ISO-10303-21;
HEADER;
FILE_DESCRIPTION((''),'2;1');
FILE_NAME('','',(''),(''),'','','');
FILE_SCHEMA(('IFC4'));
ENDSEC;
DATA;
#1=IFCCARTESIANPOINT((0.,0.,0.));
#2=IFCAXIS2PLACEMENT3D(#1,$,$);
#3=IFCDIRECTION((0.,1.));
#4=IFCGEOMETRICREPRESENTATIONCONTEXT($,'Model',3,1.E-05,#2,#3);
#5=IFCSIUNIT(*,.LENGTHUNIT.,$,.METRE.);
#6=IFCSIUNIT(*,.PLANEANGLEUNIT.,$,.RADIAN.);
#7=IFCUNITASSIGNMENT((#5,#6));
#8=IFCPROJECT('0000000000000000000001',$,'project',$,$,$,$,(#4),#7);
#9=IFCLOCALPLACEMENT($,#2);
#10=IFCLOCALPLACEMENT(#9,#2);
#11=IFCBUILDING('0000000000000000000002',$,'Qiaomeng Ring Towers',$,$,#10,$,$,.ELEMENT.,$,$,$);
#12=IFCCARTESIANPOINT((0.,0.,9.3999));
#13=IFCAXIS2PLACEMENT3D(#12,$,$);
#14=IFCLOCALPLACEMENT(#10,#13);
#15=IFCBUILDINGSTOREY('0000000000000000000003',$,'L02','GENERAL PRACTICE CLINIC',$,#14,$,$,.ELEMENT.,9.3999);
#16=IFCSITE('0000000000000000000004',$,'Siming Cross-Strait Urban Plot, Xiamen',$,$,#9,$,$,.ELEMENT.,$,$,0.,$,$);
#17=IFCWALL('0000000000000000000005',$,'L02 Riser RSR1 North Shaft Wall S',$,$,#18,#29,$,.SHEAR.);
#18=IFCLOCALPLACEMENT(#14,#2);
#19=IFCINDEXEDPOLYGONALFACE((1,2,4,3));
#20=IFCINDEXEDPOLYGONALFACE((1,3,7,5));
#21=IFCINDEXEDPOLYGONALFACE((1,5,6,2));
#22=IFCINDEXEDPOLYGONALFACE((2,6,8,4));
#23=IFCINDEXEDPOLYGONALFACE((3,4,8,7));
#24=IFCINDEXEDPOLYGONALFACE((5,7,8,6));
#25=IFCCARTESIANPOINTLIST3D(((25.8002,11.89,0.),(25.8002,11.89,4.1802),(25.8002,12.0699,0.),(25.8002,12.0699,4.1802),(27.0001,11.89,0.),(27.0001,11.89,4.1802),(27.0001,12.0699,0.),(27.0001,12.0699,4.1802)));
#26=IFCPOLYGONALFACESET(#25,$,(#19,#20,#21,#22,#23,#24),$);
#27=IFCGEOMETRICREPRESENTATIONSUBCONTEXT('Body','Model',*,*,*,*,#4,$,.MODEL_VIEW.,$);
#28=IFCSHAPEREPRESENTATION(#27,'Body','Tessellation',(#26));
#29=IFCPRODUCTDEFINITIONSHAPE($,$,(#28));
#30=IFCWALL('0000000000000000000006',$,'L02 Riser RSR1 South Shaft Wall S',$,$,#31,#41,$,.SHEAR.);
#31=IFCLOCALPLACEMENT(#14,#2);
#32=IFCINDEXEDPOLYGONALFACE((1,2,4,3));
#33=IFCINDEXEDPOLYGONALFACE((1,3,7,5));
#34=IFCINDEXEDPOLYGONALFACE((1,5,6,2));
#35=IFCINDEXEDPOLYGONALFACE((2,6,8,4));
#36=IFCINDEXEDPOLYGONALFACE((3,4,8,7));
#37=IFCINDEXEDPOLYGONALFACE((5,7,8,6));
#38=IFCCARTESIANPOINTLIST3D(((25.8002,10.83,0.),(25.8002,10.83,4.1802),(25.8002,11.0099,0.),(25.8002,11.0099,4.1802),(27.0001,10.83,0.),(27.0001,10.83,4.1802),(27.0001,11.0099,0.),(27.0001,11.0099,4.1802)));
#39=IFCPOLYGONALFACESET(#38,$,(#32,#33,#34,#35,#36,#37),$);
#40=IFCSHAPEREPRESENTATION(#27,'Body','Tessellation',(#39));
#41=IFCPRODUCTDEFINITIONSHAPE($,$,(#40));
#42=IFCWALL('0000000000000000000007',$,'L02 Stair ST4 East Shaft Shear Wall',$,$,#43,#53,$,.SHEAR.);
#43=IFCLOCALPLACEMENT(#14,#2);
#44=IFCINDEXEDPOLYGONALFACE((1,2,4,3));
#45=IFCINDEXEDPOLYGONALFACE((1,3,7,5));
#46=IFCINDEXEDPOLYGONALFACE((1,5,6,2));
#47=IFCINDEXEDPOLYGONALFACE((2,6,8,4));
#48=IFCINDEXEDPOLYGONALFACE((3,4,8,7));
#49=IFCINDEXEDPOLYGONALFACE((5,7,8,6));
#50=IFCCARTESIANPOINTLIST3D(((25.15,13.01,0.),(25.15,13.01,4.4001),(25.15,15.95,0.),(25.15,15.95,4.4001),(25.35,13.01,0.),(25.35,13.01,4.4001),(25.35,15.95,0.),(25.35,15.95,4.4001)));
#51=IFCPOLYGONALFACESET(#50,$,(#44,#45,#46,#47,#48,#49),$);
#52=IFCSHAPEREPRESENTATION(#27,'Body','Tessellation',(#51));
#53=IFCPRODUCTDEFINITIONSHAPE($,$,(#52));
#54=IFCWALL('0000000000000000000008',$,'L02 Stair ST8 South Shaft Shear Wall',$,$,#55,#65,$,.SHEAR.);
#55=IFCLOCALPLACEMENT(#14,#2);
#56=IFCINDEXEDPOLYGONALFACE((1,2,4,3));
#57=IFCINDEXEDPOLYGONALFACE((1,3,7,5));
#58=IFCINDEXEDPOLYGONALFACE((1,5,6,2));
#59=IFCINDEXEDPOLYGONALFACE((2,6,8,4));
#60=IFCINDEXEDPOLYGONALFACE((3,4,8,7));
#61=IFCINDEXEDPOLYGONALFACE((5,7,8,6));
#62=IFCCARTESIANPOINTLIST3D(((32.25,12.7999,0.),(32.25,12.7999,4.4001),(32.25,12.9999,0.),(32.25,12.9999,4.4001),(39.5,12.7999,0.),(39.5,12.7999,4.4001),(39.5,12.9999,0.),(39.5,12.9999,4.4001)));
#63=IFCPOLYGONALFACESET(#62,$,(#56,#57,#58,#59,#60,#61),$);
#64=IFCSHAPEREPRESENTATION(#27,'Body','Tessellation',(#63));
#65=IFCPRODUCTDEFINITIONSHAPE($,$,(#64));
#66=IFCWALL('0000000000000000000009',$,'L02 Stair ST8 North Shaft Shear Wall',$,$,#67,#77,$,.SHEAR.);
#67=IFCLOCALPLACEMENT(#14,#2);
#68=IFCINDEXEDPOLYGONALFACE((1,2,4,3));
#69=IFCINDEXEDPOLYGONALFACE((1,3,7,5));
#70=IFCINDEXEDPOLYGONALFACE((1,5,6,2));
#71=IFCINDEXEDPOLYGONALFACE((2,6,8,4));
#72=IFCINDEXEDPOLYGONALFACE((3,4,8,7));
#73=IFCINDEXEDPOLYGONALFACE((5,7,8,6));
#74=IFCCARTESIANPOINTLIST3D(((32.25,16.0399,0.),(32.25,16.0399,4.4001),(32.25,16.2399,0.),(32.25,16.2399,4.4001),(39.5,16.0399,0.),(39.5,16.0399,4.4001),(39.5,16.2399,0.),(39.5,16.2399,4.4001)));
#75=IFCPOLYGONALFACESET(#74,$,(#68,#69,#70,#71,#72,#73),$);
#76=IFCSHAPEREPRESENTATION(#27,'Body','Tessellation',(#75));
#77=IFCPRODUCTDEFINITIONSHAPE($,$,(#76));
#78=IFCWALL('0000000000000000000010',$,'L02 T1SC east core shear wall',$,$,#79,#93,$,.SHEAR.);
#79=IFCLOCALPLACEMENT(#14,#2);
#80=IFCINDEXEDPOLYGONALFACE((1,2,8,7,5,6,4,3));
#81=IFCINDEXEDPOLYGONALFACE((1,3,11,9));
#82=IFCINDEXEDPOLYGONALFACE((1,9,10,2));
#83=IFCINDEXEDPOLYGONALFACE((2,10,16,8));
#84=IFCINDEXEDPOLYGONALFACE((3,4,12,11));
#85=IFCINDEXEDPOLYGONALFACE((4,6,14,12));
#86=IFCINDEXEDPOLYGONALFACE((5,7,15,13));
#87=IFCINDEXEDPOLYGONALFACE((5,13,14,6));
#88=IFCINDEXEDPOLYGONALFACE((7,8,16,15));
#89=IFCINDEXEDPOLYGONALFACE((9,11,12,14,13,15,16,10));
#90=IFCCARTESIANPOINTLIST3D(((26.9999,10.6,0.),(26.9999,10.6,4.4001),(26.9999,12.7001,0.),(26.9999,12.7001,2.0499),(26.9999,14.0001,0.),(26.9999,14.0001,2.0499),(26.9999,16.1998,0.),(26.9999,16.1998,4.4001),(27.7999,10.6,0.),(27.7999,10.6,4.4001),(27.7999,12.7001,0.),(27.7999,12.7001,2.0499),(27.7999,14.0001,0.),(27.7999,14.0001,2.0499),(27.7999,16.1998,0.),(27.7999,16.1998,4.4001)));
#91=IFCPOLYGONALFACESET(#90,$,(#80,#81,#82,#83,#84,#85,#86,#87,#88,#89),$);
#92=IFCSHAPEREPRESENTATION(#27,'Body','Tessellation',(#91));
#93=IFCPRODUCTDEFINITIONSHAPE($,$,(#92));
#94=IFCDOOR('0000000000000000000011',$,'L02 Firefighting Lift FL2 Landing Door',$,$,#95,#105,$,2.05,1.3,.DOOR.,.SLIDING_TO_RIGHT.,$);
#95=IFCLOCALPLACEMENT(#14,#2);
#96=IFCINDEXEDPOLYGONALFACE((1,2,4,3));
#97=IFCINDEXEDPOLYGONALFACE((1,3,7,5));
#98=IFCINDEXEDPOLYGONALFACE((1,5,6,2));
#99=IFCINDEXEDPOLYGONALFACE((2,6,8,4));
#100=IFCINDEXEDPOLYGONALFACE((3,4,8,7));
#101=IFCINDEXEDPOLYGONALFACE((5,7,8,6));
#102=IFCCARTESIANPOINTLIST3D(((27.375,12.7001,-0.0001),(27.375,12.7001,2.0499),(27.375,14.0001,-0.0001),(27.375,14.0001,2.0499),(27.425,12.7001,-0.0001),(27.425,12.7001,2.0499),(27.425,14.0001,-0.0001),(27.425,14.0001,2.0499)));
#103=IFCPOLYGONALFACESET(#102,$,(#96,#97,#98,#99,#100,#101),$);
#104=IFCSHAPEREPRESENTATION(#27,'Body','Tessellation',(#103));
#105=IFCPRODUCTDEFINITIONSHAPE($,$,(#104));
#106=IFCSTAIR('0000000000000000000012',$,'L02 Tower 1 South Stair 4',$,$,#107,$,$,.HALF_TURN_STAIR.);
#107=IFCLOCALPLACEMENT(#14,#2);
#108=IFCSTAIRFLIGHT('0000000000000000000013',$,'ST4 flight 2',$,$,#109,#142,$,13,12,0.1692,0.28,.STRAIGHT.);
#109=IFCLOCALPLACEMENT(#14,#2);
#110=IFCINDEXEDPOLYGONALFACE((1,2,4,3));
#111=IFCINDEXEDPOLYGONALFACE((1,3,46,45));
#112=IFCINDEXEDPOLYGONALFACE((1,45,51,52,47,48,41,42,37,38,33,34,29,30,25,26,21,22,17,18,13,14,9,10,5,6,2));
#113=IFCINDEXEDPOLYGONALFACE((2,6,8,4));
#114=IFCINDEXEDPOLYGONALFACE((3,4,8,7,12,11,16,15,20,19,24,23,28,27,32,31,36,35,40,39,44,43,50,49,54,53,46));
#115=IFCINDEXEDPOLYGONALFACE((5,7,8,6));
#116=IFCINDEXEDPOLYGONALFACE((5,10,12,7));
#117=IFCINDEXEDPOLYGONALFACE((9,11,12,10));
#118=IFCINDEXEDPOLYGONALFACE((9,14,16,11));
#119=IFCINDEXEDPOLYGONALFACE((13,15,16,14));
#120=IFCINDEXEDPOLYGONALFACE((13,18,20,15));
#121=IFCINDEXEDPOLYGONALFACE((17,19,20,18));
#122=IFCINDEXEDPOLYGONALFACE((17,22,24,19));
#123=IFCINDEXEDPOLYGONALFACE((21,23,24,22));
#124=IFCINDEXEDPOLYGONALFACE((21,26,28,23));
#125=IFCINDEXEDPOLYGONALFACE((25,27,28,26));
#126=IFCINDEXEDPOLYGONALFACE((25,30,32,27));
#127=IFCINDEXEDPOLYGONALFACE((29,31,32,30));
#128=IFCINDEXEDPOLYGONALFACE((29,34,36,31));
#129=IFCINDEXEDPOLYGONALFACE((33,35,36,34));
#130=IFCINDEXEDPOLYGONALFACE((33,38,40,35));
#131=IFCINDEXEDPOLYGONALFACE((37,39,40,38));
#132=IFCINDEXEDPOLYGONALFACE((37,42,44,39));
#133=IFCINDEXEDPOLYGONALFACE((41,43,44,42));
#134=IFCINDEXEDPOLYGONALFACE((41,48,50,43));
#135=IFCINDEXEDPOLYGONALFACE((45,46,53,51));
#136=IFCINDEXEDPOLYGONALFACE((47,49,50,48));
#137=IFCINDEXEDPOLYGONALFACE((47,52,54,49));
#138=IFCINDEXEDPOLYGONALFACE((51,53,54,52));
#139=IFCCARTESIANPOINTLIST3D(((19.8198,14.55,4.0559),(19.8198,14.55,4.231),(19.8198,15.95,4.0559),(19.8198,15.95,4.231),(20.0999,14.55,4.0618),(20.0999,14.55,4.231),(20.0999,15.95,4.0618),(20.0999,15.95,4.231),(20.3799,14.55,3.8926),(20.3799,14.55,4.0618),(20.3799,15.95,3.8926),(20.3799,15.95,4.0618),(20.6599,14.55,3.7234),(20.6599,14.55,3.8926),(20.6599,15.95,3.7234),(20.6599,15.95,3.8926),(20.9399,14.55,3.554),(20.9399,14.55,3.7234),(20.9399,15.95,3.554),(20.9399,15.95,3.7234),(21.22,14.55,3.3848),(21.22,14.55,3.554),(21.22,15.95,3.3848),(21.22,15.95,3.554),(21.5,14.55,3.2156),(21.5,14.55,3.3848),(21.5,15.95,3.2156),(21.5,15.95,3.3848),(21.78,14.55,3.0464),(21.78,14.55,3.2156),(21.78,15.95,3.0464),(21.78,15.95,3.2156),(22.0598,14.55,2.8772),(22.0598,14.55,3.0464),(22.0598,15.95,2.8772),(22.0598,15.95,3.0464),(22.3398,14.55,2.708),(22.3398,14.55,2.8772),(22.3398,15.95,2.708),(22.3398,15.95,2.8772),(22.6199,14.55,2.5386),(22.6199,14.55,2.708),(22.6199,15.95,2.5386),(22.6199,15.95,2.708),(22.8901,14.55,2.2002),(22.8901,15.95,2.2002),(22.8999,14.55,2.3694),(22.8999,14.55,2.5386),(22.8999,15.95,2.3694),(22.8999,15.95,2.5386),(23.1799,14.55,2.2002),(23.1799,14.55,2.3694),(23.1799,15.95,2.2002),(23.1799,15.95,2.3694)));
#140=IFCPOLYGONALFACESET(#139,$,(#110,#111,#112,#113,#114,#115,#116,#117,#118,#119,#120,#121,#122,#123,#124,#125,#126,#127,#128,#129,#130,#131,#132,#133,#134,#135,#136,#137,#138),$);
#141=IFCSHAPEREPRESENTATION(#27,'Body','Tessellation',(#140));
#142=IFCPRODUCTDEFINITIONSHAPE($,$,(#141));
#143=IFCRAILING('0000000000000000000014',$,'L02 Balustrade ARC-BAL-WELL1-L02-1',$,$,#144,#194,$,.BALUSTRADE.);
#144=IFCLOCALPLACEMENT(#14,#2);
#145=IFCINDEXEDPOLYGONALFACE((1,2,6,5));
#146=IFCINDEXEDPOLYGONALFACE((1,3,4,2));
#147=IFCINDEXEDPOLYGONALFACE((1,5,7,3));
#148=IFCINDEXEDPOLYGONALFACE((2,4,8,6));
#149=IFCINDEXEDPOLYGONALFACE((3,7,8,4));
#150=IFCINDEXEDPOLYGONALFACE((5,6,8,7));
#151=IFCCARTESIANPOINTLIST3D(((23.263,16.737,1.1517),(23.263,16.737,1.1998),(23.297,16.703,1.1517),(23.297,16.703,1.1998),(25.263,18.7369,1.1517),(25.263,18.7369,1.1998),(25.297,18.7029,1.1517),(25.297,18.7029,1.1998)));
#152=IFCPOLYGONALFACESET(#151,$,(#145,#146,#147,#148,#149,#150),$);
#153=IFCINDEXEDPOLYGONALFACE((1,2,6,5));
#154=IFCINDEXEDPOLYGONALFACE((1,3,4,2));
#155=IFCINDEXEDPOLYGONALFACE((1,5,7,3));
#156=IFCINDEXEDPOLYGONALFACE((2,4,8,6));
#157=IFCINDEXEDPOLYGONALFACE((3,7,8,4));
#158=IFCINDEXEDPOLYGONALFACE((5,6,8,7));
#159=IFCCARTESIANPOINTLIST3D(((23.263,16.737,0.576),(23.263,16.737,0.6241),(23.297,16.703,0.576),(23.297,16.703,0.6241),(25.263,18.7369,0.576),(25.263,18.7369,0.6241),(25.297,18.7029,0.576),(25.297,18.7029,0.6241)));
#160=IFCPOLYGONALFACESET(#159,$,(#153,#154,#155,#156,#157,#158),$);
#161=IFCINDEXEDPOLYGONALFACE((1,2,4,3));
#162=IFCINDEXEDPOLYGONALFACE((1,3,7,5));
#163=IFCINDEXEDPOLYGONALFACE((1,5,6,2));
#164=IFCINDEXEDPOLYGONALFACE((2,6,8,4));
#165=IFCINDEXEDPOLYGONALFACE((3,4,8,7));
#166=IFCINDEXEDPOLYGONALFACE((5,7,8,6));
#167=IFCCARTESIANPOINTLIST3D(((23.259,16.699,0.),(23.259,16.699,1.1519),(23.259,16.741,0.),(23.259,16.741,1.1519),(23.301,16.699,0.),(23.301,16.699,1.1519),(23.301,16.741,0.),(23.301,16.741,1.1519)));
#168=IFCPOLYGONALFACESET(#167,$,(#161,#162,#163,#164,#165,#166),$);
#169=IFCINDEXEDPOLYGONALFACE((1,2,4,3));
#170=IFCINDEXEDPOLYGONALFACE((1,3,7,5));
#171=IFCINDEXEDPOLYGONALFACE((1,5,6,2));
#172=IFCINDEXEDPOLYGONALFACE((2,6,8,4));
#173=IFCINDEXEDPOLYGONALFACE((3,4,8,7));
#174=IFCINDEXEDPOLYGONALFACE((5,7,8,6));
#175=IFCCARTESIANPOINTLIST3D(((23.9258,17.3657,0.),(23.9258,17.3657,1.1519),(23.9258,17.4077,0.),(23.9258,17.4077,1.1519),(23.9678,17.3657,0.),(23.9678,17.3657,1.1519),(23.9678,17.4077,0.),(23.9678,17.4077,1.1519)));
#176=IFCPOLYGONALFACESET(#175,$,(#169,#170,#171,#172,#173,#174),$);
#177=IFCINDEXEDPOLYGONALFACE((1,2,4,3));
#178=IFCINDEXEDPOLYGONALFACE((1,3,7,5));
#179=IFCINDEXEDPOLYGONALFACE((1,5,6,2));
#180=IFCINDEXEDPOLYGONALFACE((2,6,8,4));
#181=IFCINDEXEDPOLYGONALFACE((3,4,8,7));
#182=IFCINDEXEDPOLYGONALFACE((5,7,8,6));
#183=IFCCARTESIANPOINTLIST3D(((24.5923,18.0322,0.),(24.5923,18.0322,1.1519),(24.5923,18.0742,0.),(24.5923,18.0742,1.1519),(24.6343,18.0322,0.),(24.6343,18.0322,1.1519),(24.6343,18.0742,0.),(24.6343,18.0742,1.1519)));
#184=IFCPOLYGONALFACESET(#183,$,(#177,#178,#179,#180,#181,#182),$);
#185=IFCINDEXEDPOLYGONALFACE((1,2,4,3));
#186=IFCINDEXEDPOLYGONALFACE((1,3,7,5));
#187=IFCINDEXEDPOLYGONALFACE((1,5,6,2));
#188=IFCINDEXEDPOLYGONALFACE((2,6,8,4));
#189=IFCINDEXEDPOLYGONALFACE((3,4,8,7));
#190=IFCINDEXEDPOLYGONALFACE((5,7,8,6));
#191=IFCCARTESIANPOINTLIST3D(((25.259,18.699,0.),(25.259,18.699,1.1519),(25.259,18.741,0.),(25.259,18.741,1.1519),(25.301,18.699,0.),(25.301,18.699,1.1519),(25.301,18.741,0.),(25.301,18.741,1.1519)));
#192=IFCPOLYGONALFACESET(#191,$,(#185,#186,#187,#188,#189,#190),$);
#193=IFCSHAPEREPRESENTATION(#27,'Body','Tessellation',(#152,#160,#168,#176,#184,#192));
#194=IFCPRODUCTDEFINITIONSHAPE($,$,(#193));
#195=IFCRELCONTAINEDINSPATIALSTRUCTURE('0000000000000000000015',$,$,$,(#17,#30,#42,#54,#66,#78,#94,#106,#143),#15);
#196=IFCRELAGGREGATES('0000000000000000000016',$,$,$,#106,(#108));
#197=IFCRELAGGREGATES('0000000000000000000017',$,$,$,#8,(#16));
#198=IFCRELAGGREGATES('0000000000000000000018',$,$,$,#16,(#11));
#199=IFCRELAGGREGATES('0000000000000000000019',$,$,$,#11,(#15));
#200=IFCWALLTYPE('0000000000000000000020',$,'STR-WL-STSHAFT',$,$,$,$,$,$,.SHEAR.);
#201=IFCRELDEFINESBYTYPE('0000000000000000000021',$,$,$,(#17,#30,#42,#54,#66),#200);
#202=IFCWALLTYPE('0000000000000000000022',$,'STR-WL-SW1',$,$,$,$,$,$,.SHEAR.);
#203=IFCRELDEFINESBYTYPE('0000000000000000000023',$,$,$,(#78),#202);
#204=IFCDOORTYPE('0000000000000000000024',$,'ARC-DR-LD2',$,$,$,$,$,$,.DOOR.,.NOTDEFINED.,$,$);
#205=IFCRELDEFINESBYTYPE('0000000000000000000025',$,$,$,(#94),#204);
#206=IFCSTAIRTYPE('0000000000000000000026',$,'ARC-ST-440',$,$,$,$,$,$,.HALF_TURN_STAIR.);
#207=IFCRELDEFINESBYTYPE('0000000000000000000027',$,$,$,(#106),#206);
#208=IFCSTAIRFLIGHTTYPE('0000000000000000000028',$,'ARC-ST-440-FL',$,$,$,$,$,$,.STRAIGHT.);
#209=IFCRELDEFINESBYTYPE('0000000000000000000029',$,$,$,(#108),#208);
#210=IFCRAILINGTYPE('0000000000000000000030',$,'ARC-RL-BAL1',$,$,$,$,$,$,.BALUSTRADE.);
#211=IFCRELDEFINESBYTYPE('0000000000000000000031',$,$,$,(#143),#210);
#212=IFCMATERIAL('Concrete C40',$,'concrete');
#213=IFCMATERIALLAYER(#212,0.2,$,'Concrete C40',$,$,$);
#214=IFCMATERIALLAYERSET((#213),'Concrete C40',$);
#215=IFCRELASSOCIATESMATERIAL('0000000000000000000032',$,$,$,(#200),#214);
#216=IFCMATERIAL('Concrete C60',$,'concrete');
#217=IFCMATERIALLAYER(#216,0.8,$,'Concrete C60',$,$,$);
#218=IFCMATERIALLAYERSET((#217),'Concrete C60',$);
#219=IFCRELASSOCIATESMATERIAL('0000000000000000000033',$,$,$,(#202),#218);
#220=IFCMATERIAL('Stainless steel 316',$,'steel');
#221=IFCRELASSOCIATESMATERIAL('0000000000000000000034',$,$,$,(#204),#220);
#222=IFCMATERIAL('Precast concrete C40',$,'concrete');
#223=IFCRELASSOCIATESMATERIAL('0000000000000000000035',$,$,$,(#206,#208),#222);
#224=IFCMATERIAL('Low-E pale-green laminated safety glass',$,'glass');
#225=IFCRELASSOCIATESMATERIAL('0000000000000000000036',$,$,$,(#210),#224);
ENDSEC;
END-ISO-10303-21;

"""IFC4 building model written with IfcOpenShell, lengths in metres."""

from ifc_helpers import new_model, si_unit, direction, frame, frame_2d, origin, origin_2d, place, context, subcontext, project, spatial, polyline, rectangle, outline, extrude, source, transform, mapped, material, layer, layer_set, type_object, element, fill, aggregate, save


model = new_model("IFC4")

# Units and contexts
model_context = context("Model", 3, precision=1e-05, world=origin(), true_north=direction((0.0, 1.0)))
body_context = subcontext(model_context, "Body", "Model", "MODEL_VIEW")
ifc_project = project(units=[si_unit("LENGTHUNIT", "METRE"), si_unit("PLANEANGLEUNIT", "RADIAN")], contexts=[model_context])

# Site, building, storey
site_placement = place(None, origin())
site = spatial("IfcSite", under=ifc_project, at=site_placement, Name="Siming Cross-Strait Urban Plot, Xiamen", CompositionType="ELEMENT", RefElevation=0.0)
building_placement = place(site_placement, origin())
building = spatial("IfcBuilding", under=site, at=building_placement, Name="Qiaomeng Ring Towers", CompositionType="ELEMENT")
storey_placement = place(building_placement, frame((0.0, 0.0, 9.3999)))
storey = spatial("IfcBuildingStorey", under=building, at=storey_placement, Name="L02", Description="GENERAL PRACTICE CLINIC", CompositionType="ELEMENT", Elevation=9.3999)

# Shared definitions
ifc_material_1 = material(Name="Concrete C60", Category="concrete")

# Walls
ifc_material_2 = material(Name="Concrete C40", Category="concrete")
ifc_layer_1 = layer(ifc_material_2, 0.2, Name="Concrete C40")
ifc_layer_set_1 = layer_set([ifc_layer_1], Name="Concrete C40")
wall_type_1 = type_object("IfcWallType", Name="STR-WL-STSHAFT", PredefinedType="SHEAR", material=ifc_layer_set_1)
for number, where, z_axis, x_axis, name in (
    (1, (25.8, 11.98, 0.0), (0.0, 0.0, 1.0), (1.0, 0.0, 0.0), "L02 Riser RSR1 North Shaft Wall S"),
    (2, (25.8, 10.9199, 0.0), (0.0, 0.0, 1.0), (1.0, 0.0, 0.0), "L02 Riser RSR1 South Shaft Wall S"),
):
    element("IfcWall", number, at=place(storey_placement, frame(where, z_axis=z_axis, x_axis=x_axis)), inside=storey, type_object=wall_type_1, Name=name, PredefinedType="SHEAR", context=body_context, shape_type="SweptSolid", body=[
        extrude(rectangle(XDim=1.2, YDim=0.1799, at=frame_2d((0.6001, 0.0))), origin(), (0.0, 0.0, 1.0), 4.1802),
    ])
wall_1_placement = place(storey_placement, frame((25.25, 13.01, 0.0), z_axis=(0.0, 0.0, 1.0), x_axis=(0.0, 1.0, 0.0)))
element("IfcWall", 3, at=wall_1_placement, inside=storey, type_object=wall_type_1, Name="L02 Stair ST4 East Shaft Shear Wall", PredefinedType="SHEAR", context=body_context, shape_type="SweptSolid", body=[
    extrude(rectangle(XDim=2.9399, YDim=0.2, at=frame_2d((1.47, 0.0))), origin(), (0.0, 0.0, 1.0), 4.4001),
])
for number, where, z_axis, x_axis, name in (
    (4, (32.25, 12.8999, 0.0), (0.0, 0.0, 1.0), (1.0, 0.0, 0.0), "L02 Stair ST8 South Shaft Shear Wall"),
    (5, (32.25, 16.1399, 0.0), (0.0, 0.0, 1.0), (1.0, 0.0, 0.0), "L02 Stair ST8 North Shaft Shear Wall"),
):
    element("IfcWall", number, at=place(storey_placement, frame(where, z_axis=z_axis, x_axis=x_axis)), inside=storey, type_object=wall_type_1, Name=name, PredefinedType="SHEAR", context=body_context, shape_type="SweptSolid", body=[
        extrude(rectangle(XDim=7.25, YDim=0.2, at=frame_2d((3.625, 0.0))), origin(), (0.0, 0.0, 1.0), 4.4001),
    ])

# Wall, opening, door
ifc_layer_2 = layer(ifc_material_1, 0.8, Name="Concrete C60")
ifc_layer_set_2 = layer_set([ifc_layer_2], Name="Concrete C60")
wall_type_2 = type_object("IfcWallType", Name="STR-WL-SW1", PredefinedType="SHEAR", material=ifc_layer_set_2)
wall_2_placement = place(storey_placement, frame((27.3999, 10.6001, 0.0), z_axis=(0.0, 0.0, 1.0), x_axis=(0.0, 1.0, 0.0)))
wall_2 = element("IfcWall", 6, at=wall_2_placement, inside=storey, type_object=wall_type_2, Name="L02 T1SC east core shear wall", PredefinedType="SHEAR", context=body_context, shape_type="SweptSolid", body=[
    extrude(rectangle(XDim=5.5999, YDim=0.8, at=frame_2d((2.7998, 0.0))), origin(), (0.0, 0.0, 1.0), 4.4001),
])
opening_1_placement = place(wall_2_placement, frame((2.1001, 0.0, 0.0)))
opening_1 = element("IfcOpeningElement", 7, at=opening_1_placement, cuts=wall_2, PredefinedType="OPENING", context=body_context, shape_type="SweptSolid", body=[
    extrude(rectangle(XDim=1.3, YDim=2.05, at=frame_2d((0.6499, 1.0249))), frame((0.0, 0.4099, 0.0), z_axis=(0.0, -1.0, 0.0), x_axis=(1.0, 0.0, 0.0)), (0.0, 0.0, 1.0), 0.8201),
])
ifc_material_3 = material(Name="Stainless steel 316", Category="steel")
door_type_1 = type_object("IfcDoorType", Name="ARC-DR-LD2", OperationType="NOTDEFINED", PredefinedType="DOOR", material=ifc_material_3)
shared_shape_1 = source(origin(), body_context, "Body", "SweptSolid", [
    extrude(rectangle(XDim=1.3, YDim=2.05, at=frame_2d((0.6499, 1.0249))), frame((0.0, 0.0249, 0.0), z_axis=(0.0, -1.0, 0.0), x_axis=(1.0, 0.0, 0.0)), (0.0, 0.0, 1.0), 0.05),
])
door_1_placement = place(opening_1_placement, origin())
door_1 = element("IfcDoor", 8, at=door_1_placement, inside=storey, type_object=door_type_1, Name="L02 Firefighting Lift FL2 Landing Door", OperationType="SLIDING_TO_RIGHT", OverallHeight=2.05, OverallWidth=1.3, PredefinedType="DOOR", context=body_context, shape_type="MappedRepresentation", body=[
    mapped(shared_shape_1, transform((0.0, 0.0, 0.0), x_axis=(1.0, 0.0, 0.0), y_axis=(0.0, 1.0, 0.0), z_axis=(0.0, 0.0, 1.0), scale=1.0)),
])
fill(opening_1, door_1)

# Stair, stair flight
ifc_material_4 = material(Name="Precast concrete C40", Category="concrete")
stair_type = type_object("IfcStairType", Name="ARC-ST-440", PredefinedType="HALF_TURN_STAIR", material=ifc_material_4)
stair_placement = place(storey_placement, origin())
stair = element("IfcStair", 9, at=stair_placement, inside=storey, type_object=stair_type, Name="L02 Tower 1 South Stair 4", PredefinedType="HALF_TURN_STAIR")
stair_flight_type = type_object("IfcStairFlightType", Name="ARC-ST-440-FL", PredefinedType="STRAIGHT", material=ifc_material_4)
shared_shape_2 = source(origin(), body_context, "Body", "SweptSolid", [
    extrude(outline(polyline([(0.0, 0.0), (0.0, 0.1692), (0.28, 0.1692), (0.28, 0.3384), (0.5601, 0.3384), (0.5601, 0.5078), (0.8401, 0.5078), (0.8401, 0.677), (1.1201, 0.677), (1.1201, 0.8462), (1.3999, 0.8462), (1.3999, 1.0154), (1.6799, 1.0154), (1.6799, 1.1846), (1.96, 1.1846), (1.96, 1.3538), (2.24, 1.3538), (2.24, 1.5232), (2.52, 1.5232), (2.52, 1.6924), (2.8, 1.6924), (2.8, 1.8616), (3.0801, 1.8616), (3.0801, 2.0308), (3.3601, 2.0308), (3.3601, 2.2), (3.3601, 1.8557), (0.2898, 0.0), (0.0, 0.0)])), frame((0.0, 0.7, 0.0), z_axis=(0.0, -1.0, 0.0), x_axis=(1.0, 0.0, 0.0)), (0.0, 0.0, 1.0), 1.3999),
])
stair_flight_placement = place(storey_placement, frame((23.1799, 15.25, 2.2002), z_axis=(0.0, 0.0, 1.0), x_axis=(-1.0, 0.0, 0.0)))
stair_flight = element("IfcStairFlight", 10, at=stair_flight_placement, type_object=stair_flight_type, Name="ST4 flight 2", NumberOfRisers=13, NumberOfTreads=12, PredefinedType="STRAIGHT", RiserHeight=0.1692, TreadLength=0.28, context=body_context, shape_type="MappedRepresentation", body=[
    mapped(shared_shape_2, transform((0.0, 0.0, 0.0), x_axis=(1.0, 0.0, 0.0), y_axis=(0.0, 1.0, 0.0), z_axis=(0.0, 0.0, 1.0), scale=1.0)),
])
aggregate(stair, [stair_flight])

# Railing
ifc_material_5 = material(Name="Low-E pale-green laminated safety glass", Category="glass")
railing_type_1 = type_object("IfcRailingType", Name="ARC-RL-BAL1", PredefinedType="BALUSTRADE", material=ifc_material_5)
railing_1_placement = place(storey_placement, frame((23.28, 16.72, 0.0)))
element("IfcRailing", 11, at=railing_1_placement, inside=storey, type_object=railing_type_1, Name="L02 Balustrade ARC-BAL-WELL1-L02-1", PredefinedType="BALUSTRADE", context=body_context, shape_type="SweptSolid", body=[
    extrude(rectangle(XDim=0.0481, YDim=0.0481, at=origin_2d()), frame((0.0, 0.0, 1.1758), z_axis=(0.707107, 0.707107, 0.0), x_axis=(-0.707107, 0.707107, 0.0)), (0.0, 0.0, 1.0), 2.8284),
    extrude(rectangle(XDim=0.0481, YDim=0.0481, at=origin_2d()), frame((0.0, 0.0, 0.6001), z_axis=(0.707107, 0.707107, 0.0), x_axis=(-0.707107, 0.707107, 0.0)), (0.0, 0.0, 1.0), 2.8284),
    extrude(rectangle(XDim=0.042, YDim=0.042, at=origin_2d()), origin(), (0.0, 0.0, 1.0), 1.1519),
    extrude(rectangle(XDim=0.042, YDim=0.042, at=origin_2d()), frame((0.6667, 0.6667, 0.0)), (0.0, 0.0, 1.0), 1.1519),
    extrude(rectangle(XDim=0.042, YDim=0.042, at=origin_2d()), frame((1.3333, 1.3333, 0.0)), (0.0, 0.0, 1.0), 1.1519),
    extrude(rectangle(XDim=0.042, YDim=0.042, at=origin_2d()), frame((2.0, 2.0, 0.0)), (0.0, 0.0, 1.0), 1.1519),
])

save(model, "model.ifc")
